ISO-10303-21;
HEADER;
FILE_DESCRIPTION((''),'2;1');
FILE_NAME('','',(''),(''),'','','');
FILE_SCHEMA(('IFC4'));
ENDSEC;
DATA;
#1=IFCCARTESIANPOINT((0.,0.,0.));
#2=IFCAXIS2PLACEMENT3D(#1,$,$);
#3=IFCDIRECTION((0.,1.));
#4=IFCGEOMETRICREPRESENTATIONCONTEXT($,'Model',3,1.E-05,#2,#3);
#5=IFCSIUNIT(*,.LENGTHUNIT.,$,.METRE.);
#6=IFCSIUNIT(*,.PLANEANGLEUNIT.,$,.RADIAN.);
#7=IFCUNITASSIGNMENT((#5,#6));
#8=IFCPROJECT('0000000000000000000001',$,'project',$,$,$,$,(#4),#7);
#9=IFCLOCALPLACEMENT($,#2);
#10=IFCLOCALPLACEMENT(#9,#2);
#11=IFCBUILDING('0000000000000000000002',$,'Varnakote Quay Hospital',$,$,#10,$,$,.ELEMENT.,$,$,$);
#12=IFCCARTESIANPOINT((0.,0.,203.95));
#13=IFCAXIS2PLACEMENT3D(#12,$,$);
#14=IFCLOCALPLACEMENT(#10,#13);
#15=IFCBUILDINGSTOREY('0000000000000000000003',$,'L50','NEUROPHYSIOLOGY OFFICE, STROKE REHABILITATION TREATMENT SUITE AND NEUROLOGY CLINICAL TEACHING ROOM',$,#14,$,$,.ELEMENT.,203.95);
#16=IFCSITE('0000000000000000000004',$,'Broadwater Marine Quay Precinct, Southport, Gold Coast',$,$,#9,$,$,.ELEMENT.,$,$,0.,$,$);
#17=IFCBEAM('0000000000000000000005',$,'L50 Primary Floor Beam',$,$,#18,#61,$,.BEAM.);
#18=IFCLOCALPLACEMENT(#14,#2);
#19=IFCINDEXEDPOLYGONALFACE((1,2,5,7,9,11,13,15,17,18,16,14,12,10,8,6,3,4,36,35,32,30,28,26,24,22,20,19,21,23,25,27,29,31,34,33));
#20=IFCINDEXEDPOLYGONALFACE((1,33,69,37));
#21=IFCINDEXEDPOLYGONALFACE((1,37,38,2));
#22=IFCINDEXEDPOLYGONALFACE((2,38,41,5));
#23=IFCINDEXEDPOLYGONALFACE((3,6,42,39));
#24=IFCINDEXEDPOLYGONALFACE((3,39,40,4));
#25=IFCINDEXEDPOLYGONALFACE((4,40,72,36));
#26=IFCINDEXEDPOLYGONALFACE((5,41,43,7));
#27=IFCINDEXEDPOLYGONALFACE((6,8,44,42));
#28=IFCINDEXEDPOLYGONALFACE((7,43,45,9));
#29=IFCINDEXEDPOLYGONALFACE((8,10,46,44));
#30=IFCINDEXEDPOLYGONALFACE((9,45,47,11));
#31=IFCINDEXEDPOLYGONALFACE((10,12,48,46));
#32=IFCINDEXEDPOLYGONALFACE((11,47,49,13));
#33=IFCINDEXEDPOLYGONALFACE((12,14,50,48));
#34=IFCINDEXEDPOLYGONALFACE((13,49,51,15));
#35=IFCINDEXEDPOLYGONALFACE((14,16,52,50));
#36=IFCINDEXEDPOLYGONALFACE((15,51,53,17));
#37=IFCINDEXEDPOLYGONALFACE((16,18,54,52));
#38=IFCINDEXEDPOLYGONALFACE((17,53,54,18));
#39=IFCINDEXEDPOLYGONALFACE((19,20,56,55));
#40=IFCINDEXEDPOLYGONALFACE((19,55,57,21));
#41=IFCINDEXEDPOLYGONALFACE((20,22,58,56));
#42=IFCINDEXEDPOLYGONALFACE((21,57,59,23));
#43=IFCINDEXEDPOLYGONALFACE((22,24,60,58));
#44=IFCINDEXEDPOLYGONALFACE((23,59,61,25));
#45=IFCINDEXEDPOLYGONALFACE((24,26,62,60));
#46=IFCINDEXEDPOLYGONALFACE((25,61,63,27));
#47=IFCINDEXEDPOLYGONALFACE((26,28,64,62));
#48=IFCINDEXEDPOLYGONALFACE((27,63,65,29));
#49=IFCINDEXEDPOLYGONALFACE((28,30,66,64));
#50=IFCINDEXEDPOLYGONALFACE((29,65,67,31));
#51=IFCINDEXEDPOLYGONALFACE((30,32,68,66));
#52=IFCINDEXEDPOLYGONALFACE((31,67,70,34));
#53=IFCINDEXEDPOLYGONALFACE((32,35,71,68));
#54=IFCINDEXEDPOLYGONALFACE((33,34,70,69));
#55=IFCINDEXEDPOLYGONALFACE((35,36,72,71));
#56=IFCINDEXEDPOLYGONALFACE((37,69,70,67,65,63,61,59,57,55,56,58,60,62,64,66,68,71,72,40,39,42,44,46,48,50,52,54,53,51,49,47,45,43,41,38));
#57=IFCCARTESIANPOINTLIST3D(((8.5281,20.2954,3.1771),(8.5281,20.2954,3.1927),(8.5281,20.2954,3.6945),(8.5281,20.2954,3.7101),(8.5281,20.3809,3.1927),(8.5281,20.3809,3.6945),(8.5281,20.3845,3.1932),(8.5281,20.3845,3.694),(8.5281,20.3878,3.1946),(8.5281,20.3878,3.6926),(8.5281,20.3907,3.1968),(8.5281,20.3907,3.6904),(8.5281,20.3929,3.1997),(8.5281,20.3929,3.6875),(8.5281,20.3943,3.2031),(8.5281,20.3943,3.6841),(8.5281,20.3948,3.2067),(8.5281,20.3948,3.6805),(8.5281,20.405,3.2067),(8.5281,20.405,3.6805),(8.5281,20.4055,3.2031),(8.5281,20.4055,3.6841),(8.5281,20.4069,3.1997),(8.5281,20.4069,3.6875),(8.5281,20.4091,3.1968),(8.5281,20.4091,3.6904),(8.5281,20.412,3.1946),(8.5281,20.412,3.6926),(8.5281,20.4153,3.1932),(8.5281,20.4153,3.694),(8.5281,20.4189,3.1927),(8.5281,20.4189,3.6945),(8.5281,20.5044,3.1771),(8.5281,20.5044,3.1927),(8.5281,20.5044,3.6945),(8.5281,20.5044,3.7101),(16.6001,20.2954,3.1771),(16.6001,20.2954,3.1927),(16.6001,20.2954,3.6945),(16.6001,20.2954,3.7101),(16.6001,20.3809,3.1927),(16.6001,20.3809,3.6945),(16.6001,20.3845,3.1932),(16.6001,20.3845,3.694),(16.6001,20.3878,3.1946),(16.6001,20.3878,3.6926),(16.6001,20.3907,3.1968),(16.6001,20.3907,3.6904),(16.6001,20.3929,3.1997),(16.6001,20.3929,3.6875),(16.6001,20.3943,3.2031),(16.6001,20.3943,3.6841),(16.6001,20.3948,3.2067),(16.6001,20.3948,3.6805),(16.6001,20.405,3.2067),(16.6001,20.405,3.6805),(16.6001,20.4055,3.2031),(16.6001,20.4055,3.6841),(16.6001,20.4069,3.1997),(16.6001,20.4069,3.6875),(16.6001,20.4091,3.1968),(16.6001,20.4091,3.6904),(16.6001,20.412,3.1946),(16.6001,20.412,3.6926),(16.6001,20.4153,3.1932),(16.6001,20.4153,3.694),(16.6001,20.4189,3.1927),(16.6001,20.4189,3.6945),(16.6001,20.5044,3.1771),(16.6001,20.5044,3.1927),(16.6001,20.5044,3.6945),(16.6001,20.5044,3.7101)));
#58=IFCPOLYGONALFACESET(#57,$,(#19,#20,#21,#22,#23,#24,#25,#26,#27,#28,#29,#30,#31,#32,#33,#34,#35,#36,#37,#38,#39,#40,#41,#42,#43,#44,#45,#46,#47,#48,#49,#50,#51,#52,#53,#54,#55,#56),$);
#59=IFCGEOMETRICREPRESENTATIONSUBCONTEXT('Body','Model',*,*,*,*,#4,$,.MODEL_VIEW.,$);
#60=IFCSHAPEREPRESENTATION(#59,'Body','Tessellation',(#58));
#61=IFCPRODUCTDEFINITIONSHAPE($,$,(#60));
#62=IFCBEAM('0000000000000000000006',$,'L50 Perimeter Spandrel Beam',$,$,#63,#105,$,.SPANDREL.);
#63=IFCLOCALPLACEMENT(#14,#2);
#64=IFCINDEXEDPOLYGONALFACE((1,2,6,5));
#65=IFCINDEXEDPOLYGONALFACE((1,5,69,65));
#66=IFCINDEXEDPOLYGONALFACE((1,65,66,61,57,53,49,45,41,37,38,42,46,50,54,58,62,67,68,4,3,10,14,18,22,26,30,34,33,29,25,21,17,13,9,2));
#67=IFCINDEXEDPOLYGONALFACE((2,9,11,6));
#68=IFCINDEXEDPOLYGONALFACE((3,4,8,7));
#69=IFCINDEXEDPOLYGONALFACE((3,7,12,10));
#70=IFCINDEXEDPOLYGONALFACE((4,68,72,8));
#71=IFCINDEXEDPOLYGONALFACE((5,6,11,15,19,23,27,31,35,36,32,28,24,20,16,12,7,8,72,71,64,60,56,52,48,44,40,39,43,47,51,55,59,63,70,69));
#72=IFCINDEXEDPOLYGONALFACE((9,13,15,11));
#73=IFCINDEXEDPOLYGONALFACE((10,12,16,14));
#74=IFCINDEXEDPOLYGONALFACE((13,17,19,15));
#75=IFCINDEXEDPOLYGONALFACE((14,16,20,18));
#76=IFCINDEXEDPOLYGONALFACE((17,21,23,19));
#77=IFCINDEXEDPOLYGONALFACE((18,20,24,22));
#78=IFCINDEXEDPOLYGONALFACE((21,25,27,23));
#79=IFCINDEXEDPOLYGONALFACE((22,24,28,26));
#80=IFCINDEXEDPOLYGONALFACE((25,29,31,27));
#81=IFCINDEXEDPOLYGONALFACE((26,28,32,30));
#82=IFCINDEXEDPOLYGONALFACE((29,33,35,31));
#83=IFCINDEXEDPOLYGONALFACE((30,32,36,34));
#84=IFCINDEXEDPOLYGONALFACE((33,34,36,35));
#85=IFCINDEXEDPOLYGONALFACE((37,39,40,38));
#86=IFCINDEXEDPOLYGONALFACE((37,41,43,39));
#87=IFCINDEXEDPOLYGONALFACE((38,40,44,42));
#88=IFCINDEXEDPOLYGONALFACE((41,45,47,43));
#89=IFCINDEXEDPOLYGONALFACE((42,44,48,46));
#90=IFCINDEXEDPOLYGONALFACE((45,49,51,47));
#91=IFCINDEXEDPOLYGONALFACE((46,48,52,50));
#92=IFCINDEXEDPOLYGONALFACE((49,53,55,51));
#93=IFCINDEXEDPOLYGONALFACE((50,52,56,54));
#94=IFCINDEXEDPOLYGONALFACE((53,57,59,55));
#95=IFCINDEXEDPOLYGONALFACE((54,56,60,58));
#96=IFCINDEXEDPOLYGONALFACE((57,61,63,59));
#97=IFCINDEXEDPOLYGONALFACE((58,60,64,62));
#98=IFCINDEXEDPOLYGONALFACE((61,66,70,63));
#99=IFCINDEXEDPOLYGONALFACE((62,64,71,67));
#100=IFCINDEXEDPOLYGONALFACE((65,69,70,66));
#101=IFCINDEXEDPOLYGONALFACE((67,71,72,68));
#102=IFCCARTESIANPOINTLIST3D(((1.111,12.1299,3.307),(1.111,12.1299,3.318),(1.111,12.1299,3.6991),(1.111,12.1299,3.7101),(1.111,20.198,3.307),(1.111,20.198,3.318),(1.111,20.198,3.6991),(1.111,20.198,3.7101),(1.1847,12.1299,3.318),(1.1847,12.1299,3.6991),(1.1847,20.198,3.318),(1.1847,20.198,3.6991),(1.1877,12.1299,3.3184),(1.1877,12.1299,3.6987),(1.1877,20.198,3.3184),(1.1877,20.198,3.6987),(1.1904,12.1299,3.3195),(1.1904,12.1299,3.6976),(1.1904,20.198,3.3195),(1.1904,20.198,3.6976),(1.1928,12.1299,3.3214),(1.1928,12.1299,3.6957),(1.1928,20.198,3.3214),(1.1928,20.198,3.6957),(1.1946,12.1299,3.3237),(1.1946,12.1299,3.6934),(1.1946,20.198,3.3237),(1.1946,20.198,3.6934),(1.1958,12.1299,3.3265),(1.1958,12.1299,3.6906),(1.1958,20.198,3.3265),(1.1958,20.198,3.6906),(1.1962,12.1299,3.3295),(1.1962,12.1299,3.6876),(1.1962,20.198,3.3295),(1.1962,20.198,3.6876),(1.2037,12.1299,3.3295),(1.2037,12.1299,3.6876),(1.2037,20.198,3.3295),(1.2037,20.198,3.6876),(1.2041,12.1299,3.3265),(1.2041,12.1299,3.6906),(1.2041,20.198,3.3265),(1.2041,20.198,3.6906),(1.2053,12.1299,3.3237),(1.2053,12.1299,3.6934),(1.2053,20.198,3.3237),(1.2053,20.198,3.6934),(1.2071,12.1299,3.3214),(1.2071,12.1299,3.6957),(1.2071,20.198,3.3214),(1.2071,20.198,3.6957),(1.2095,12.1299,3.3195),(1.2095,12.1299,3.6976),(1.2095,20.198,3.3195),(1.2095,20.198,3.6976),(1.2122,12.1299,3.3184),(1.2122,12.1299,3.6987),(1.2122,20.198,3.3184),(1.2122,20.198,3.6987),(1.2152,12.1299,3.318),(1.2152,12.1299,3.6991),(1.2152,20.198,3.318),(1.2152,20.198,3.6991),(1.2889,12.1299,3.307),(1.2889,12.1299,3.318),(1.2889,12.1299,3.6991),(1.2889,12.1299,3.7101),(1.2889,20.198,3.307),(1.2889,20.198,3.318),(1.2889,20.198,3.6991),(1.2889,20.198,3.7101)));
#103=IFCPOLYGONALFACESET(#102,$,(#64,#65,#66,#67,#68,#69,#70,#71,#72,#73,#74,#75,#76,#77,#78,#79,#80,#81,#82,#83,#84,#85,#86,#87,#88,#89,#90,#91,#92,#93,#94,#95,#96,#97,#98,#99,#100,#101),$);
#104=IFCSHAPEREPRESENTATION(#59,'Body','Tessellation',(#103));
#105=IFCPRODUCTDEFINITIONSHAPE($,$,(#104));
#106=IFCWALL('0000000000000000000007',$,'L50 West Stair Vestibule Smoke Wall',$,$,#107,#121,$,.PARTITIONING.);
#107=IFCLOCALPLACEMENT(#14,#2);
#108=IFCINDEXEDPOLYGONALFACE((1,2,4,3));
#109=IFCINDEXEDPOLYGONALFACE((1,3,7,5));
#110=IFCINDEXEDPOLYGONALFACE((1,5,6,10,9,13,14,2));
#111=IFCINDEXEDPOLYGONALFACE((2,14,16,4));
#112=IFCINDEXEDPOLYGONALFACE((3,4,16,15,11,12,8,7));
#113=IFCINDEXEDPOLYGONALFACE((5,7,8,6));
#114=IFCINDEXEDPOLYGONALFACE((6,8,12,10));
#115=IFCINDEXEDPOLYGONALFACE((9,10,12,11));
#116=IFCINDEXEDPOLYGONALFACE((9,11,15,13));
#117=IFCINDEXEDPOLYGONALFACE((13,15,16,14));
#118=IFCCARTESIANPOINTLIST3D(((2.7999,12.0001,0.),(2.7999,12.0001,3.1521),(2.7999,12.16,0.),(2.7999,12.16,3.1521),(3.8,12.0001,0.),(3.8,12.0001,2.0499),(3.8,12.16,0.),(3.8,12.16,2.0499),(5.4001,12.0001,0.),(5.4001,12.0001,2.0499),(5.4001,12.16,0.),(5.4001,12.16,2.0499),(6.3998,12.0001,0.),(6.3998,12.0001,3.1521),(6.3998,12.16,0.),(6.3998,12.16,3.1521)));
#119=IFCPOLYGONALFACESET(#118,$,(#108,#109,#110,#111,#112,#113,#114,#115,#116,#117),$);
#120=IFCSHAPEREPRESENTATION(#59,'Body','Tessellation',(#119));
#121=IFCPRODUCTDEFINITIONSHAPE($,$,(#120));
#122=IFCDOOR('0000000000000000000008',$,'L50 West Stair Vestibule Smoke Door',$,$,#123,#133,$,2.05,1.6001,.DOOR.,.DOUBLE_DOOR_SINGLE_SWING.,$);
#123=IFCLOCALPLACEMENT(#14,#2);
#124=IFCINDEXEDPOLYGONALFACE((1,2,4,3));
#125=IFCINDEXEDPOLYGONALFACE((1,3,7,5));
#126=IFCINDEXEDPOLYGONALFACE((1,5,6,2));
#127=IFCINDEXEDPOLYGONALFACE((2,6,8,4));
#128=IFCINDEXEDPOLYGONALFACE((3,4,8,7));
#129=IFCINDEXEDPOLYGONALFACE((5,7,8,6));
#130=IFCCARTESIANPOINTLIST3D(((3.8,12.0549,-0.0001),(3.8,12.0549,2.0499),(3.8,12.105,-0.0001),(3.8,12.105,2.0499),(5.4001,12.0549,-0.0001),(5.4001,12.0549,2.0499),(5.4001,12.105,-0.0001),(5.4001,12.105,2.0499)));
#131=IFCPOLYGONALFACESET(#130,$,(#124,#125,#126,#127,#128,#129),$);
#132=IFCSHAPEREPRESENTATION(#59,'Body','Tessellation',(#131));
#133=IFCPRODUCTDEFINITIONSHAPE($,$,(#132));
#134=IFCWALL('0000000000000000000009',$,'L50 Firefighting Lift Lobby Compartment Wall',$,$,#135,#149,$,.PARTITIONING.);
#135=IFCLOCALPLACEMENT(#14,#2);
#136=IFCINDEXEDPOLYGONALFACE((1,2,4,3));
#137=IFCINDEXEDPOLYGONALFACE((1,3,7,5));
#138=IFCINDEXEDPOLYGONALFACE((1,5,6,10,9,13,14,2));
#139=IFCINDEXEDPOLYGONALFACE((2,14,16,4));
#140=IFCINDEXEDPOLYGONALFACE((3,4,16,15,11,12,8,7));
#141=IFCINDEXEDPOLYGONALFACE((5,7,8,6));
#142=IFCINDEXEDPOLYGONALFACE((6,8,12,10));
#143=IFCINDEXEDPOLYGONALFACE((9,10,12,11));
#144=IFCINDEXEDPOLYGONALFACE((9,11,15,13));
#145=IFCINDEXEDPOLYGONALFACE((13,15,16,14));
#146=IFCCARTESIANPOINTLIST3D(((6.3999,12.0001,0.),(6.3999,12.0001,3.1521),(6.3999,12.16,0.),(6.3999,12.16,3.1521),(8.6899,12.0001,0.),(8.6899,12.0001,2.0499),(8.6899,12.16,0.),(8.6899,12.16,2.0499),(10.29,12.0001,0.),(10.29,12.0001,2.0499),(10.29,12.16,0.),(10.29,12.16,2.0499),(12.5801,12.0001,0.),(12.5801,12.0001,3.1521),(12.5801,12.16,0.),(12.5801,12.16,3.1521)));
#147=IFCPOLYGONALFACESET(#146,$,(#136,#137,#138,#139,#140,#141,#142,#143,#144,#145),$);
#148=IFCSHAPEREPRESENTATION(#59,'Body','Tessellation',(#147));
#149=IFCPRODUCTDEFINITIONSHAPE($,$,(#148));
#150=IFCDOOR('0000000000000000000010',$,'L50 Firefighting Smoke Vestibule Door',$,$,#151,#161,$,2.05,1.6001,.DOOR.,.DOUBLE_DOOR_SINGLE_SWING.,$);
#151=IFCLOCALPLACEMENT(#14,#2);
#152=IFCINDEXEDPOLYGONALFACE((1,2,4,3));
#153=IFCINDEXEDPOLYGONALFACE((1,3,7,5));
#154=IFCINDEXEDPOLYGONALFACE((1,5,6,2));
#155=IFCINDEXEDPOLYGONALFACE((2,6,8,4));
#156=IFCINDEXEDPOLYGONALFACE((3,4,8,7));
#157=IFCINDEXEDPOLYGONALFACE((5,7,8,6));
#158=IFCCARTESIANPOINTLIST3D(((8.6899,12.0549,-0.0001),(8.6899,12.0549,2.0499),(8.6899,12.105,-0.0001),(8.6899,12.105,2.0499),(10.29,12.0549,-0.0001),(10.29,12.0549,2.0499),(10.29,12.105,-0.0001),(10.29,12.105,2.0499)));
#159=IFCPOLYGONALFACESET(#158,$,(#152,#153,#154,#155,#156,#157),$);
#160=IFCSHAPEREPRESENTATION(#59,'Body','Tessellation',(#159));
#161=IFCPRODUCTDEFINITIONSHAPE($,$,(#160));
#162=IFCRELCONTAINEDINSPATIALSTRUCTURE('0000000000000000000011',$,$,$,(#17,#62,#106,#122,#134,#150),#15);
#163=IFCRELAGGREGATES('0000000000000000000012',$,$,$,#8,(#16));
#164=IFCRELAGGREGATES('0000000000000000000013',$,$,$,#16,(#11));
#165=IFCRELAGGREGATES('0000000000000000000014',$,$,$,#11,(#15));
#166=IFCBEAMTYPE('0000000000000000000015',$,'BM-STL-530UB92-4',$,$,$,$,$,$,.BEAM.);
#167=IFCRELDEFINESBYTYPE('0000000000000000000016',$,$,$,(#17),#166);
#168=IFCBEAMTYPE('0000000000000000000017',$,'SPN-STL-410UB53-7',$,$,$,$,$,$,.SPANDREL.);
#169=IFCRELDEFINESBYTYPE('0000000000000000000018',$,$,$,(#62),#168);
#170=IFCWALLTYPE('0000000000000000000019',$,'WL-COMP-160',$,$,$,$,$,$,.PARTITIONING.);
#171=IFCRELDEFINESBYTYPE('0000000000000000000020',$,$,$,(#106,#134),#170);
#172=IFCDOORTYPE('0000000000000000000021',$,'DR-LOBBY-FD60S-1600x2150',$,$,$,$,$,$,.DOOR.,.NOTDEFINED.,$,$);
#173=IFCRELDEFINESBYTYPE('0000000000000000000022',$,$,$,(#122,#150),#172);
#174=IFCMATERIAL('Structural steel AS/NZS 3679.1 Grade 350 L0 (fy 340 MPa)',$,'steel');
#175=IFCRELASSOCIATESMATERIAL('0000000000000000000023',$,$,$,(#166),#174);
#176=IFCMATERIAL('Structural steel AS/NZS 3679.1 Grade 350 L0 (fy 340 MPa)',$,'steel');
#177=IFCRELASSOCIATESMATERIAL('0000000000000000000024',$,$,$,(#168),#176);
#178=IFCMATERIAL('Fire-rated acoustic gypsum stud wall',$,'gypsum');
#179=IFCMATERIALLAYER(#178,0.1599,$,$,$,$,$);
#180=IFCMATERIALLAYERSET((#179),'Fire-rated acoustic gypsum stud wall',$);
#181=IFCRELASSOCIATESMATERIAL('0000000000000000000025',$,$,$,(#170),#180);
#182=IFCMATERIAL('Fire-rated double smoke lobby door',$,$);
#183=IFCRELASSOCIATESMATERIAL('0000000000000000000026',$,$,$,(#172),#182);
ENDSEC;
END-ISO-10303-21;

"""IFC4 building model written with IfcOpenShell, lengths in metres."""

from ifc_helpers import new_model, si_unit, direction, frame, frame_2d, origin, origin_2d, place, context, subcontext, project, spatial, rectangle, i_section, extrude, material, layer, layer_set, material_profile, profile_set, type_object, element, fill, save


model = new_model("IFC4")

# Units and contexts
model_context = context("Model", 3, precision=1e-05, world=origin(), true_north=direction((0.0, 1.0)))
body_context = subcontext(model_context, "Body", "Model", "MODEL_VIEW")
ifc_project = project(units=[si_unit("LENGTHUNIT", "METRE"), si_unit("PLANEANGLEUNIT", "RADIAN")], contexts=[model_context])

# Site, building, storey
site_placement = place(None, origin())
site = spatial("IfcSite", under=ifc_project, at=site_placement, Name="Broadwater Marine Quay Precinct, Southport, Gold Coast", CompositionType="ELEMENT", RefElevation=0.0)
building_placement = place(site_placement, origin())
building = spatial("IfcBuilding", under=site, at=building_placement, Name="Varnakote Quay Hospital", CompositionType="ELEMENT")
storey_placement = place(building_placement, frame((0.0, 0.0, 203.95)))
storey = spatial("IfcBuildingStorey", under=building, at=storey_placement, Name="L50", Description="NEUROPHYSIOLOGY OFFICE, STROKE REHABILITATION TREATMENT SUITE AND NEUROLOGY CLINICAL TEACHING ROOM", CompositionType="ELEMENT", Elevation=203.95)

# Beams
ifc_material_1 = material(Name="Structural steel AS/NZS 3679.1 Grade 350 L0 (fy 340 MPa)", Category="steel")
ifc_material_profile_1 = material_profile(ifc_material_1, i_section(OverallWidth=0.209, OverallDepth=0.533, WebThickness=0.0103, FlangeThickness=0.0156, FilletRadius=0.0139, at=origin_2d()), Name="530UB92.4")
ifc_profile_set_1 = profile_set([ifc_material_profile_1], Name="Structural steel AS/NZS 3679.1 Grade 350 L0 (fy 340 MPa)")
beam_type_1 = type_object("IfcBeamType", Name="BM-STL-530UB92-4", PredefinedType="BEAM", material=ifc_profile_set_1)
beam_1_placement = place(storey_placement, frame((8.5281, 20.3999, 3.4436), z_axis=(1.0, 0.0, 0.0), x_axis=(0.0, 1.0, 0.0)))
element("IfcBeam", 1, at=beam_1_placement, inside=storey, type_object=beam_type_1, Name="L50 Primary Floor Beam", PredefinedType="BEAM", context=body_context, shape_type="SweptSolid", body=[
    extrude(i_section(OverallWidth=0.209, OverallDepth=0.533, WebThickness=0.0103, FlangeThickness=0.0156, FilletRadius=0.0139, at=origin_2d()), origin(), (0.0, 0.0, 1.0), 8.072),
])
ifc_material_2 = material(Name="Structural steel AS/NZS 3679.1 Grade 350 L0 (fy 340 MPa)", Category="steel")
ifc_material_profile_2 = material_profile(ifc_material_2, i_section(OverallWidth=0.178, OverallDepth=0.4031, WebThickness=0.0076, FlangeThickness=0.011, FilletRadius=0.0115, at=origin_2d()), Name="410UB53.7")
ifc_profile_set_2 = profile_set([ifc_material_profile_2], Name="Structural steel AS/NZS 3679.1 Grade 350 L0 (fy 340 MPa)")
beam_type_2 = type_object("IfcBeamType", Name="SPN-STL-410UB53-7", PredefinedType="SPANDREL", material=ifc_profile_set_2)
beam_2_placement = place(storey_placement, frame((1.2, 12.1299, 3.5085), z_axis=(0.0, 1.0, 0.0), x_axis=(-1.0, 0.0, 0.0)))
element("IfcBeam", 2, at=beam_2_placement, inside=storey, type_object=beam_type_2, Name="L50 Perimeter Spandrel Beam", PredefinedType="SPANDREL", context=body_context, shape_type="SweptSolid", body=[
    extrude(i_section(OverallWidth=0.178, OverallDepth=0.4031, WebThickness=0.0076, FlangeThickness=0.011, FilletRadius=0.0115, at=origin_2d()), origin(), (0.0, 0.0, 1.0), 8.0681),
])

# Walls, openings, doors
ifc_material_3 = material(Name="Fire-rated acoustic gypsum stud wall", Category="gypsum")
ifc_layer_1 = layer(ifc_material_3, 0.1599)
ifc_layer_set_1 = layer_set([ifc_layer_1], Name="Fire-rated acoustic gypsum stud wall")
wall_type_1 = type_object("IfcWallType", Name="WL-COMP-160", PredefinedType="PARTITIONING", material=ifc_layer_set_1)
wall_1_placement = place(storey_placement, frame((2.8, 12.0801, 0.0), z_axis=(0.0, 0.0, 1.0), x_axis=(1.0, 0.0, 0.0)))
wall_1 = element("IfcWall", 3, at=wall_1_placement, inside=storey, type_object=wall_type_1, Name="L50 West Stair Vestibule Smoke Wall", PredefinedType="PARTITIONING", context=body_context, shape_type="SweptSolid", body=[
    extrude(rectangle(XDim=3.5999, YDim=0.1599, at=frame_2d((1.7998, 0.0))), origin(), (0.0, 0.0, 1.0), 3.1521),
])
opening_1_placement = place(wall_1_placement, frame((1.0, 0.0, 0.0)))
opening_1 = element("IfcOpeningElement", 4, at=opening_1_placement, cuts=wall_1, PredefinedType="OPENING", context=body_context, shape_type="SweptSolid", body=[
    extrude(rectangle(XDim=1.6001, YDim=2.05, at=frame_2d((0.8, 1.0249))), frame((0.0, 0.0898, 0.0), z_axis=(0.0, -1.0, 0.0), x_axis=(1.0, 0.0, 0.0)), (0.0, 0.0, 1.0), 0.1799),
])
ifc_material_4 = material(Name="Fire-rated double smoke lobby door")
door_type_1 = type_object("IfcDoorType", Name="DR-LOBBY-FD60S-1600x2150", OperationType="NOTDEFINED", PredefinedType="DOOR", material=ifc_material_4)
door_1_placement = place(opening_1_placement, origin())
door_1 = element("IfcDoor", 5, at=door_1_placement, inside=storey, type_object=door_type_1, Name="L50 West Stair Vestibule Smoke Door", OperationType="DOUBLE_DOOR_SINGLE_SWING", OverallHeight=2.05, OverallWidth=1.6001, PredefinedType="DOOR", context=body_context, shape_type="SweptSolid", body=[
    extrude(rectangle(XDim=1.6001, YDim=2.05, at=frame_2d((0.8, 1.0249))), frame((0.0, 0.0249, 0.0), z_axis=(0.0, -1.0, 0.0), x_axis=(1.0, 0.0, 0.0)), (0.0, 0.0, 1.0), 0.05),
])
fill(opening_1, door_1)
wall_2_placement = place(storey_placement, frame((6.3999, 12.0801, 0.0), z_axis=(0.0, 0.0, 1.0), x_axis=(1.0, 0.0, 0.0)))
wall_2 = element("IfcWall", 6, at=wall_2_placement, inside=storey, type_object=wall_type_1, Name="L50 Firefighting Lift Lobby Compartment Wall", PredefinedType="PARTITIONING", context=body_context, shape_type="SweptSolid", body=[
    extrude(rectangle(XDim=6.1802, YDim=0.1599, at=frame_2d((3.0901, 0.0))), origin(), (0.0, 0.0, 1.0), 3.1521),
])
opening_2_placement = place(wall_2_placement, frame((2.29, 0.0, 0.0)))
opening_2 = element("IfcOpeningElement", 7, at=opening_2_placement, cuts=wall_2, PredefinedType="OPENING", context=body_context, shape_type="SweptSolid", body=[
    extrude(rectangle(XDim=1.6001, YDim=2.05, at=frame_2d((0.8, 1.0249))), frame((0.0, 0.0898, 0.0), z_axis=(0.0, -1.0, 0.0), x_axis=(1.0, 0.0, 0.0)), (0.0, 0.0, 1.0), 0.1799),
])
door_2_placement = place(opening_2_placement, origin())
door_2 = element("IfcDoor", 8, at=door_2_placement, inside=storey, type_object=door_type_1, Name="L50 Firefighting Smoke Vestibule Door", OperationType="DOUBLE_DOOR_SINGLE_SWING", OverallHeight=2.05, OverallWidth=1.6001, PredefinedType="DOOR", context=body_context, shape_type="SweptSolid", body=[
    extrude(rectangle(XDim=1.6001, YDim=2.05, at=frame_2d((0.8, 1.0249))), frame((0.0, 0.0249, 0.0), z_axis=(0.0, -1.0, 0.0), x_axis=(1.0, 0.0, 0.0)), (0.0, 0.0, 1.0), 0.05),
])
fill(opening_2, door_2)

save(model, "model.ifc")
